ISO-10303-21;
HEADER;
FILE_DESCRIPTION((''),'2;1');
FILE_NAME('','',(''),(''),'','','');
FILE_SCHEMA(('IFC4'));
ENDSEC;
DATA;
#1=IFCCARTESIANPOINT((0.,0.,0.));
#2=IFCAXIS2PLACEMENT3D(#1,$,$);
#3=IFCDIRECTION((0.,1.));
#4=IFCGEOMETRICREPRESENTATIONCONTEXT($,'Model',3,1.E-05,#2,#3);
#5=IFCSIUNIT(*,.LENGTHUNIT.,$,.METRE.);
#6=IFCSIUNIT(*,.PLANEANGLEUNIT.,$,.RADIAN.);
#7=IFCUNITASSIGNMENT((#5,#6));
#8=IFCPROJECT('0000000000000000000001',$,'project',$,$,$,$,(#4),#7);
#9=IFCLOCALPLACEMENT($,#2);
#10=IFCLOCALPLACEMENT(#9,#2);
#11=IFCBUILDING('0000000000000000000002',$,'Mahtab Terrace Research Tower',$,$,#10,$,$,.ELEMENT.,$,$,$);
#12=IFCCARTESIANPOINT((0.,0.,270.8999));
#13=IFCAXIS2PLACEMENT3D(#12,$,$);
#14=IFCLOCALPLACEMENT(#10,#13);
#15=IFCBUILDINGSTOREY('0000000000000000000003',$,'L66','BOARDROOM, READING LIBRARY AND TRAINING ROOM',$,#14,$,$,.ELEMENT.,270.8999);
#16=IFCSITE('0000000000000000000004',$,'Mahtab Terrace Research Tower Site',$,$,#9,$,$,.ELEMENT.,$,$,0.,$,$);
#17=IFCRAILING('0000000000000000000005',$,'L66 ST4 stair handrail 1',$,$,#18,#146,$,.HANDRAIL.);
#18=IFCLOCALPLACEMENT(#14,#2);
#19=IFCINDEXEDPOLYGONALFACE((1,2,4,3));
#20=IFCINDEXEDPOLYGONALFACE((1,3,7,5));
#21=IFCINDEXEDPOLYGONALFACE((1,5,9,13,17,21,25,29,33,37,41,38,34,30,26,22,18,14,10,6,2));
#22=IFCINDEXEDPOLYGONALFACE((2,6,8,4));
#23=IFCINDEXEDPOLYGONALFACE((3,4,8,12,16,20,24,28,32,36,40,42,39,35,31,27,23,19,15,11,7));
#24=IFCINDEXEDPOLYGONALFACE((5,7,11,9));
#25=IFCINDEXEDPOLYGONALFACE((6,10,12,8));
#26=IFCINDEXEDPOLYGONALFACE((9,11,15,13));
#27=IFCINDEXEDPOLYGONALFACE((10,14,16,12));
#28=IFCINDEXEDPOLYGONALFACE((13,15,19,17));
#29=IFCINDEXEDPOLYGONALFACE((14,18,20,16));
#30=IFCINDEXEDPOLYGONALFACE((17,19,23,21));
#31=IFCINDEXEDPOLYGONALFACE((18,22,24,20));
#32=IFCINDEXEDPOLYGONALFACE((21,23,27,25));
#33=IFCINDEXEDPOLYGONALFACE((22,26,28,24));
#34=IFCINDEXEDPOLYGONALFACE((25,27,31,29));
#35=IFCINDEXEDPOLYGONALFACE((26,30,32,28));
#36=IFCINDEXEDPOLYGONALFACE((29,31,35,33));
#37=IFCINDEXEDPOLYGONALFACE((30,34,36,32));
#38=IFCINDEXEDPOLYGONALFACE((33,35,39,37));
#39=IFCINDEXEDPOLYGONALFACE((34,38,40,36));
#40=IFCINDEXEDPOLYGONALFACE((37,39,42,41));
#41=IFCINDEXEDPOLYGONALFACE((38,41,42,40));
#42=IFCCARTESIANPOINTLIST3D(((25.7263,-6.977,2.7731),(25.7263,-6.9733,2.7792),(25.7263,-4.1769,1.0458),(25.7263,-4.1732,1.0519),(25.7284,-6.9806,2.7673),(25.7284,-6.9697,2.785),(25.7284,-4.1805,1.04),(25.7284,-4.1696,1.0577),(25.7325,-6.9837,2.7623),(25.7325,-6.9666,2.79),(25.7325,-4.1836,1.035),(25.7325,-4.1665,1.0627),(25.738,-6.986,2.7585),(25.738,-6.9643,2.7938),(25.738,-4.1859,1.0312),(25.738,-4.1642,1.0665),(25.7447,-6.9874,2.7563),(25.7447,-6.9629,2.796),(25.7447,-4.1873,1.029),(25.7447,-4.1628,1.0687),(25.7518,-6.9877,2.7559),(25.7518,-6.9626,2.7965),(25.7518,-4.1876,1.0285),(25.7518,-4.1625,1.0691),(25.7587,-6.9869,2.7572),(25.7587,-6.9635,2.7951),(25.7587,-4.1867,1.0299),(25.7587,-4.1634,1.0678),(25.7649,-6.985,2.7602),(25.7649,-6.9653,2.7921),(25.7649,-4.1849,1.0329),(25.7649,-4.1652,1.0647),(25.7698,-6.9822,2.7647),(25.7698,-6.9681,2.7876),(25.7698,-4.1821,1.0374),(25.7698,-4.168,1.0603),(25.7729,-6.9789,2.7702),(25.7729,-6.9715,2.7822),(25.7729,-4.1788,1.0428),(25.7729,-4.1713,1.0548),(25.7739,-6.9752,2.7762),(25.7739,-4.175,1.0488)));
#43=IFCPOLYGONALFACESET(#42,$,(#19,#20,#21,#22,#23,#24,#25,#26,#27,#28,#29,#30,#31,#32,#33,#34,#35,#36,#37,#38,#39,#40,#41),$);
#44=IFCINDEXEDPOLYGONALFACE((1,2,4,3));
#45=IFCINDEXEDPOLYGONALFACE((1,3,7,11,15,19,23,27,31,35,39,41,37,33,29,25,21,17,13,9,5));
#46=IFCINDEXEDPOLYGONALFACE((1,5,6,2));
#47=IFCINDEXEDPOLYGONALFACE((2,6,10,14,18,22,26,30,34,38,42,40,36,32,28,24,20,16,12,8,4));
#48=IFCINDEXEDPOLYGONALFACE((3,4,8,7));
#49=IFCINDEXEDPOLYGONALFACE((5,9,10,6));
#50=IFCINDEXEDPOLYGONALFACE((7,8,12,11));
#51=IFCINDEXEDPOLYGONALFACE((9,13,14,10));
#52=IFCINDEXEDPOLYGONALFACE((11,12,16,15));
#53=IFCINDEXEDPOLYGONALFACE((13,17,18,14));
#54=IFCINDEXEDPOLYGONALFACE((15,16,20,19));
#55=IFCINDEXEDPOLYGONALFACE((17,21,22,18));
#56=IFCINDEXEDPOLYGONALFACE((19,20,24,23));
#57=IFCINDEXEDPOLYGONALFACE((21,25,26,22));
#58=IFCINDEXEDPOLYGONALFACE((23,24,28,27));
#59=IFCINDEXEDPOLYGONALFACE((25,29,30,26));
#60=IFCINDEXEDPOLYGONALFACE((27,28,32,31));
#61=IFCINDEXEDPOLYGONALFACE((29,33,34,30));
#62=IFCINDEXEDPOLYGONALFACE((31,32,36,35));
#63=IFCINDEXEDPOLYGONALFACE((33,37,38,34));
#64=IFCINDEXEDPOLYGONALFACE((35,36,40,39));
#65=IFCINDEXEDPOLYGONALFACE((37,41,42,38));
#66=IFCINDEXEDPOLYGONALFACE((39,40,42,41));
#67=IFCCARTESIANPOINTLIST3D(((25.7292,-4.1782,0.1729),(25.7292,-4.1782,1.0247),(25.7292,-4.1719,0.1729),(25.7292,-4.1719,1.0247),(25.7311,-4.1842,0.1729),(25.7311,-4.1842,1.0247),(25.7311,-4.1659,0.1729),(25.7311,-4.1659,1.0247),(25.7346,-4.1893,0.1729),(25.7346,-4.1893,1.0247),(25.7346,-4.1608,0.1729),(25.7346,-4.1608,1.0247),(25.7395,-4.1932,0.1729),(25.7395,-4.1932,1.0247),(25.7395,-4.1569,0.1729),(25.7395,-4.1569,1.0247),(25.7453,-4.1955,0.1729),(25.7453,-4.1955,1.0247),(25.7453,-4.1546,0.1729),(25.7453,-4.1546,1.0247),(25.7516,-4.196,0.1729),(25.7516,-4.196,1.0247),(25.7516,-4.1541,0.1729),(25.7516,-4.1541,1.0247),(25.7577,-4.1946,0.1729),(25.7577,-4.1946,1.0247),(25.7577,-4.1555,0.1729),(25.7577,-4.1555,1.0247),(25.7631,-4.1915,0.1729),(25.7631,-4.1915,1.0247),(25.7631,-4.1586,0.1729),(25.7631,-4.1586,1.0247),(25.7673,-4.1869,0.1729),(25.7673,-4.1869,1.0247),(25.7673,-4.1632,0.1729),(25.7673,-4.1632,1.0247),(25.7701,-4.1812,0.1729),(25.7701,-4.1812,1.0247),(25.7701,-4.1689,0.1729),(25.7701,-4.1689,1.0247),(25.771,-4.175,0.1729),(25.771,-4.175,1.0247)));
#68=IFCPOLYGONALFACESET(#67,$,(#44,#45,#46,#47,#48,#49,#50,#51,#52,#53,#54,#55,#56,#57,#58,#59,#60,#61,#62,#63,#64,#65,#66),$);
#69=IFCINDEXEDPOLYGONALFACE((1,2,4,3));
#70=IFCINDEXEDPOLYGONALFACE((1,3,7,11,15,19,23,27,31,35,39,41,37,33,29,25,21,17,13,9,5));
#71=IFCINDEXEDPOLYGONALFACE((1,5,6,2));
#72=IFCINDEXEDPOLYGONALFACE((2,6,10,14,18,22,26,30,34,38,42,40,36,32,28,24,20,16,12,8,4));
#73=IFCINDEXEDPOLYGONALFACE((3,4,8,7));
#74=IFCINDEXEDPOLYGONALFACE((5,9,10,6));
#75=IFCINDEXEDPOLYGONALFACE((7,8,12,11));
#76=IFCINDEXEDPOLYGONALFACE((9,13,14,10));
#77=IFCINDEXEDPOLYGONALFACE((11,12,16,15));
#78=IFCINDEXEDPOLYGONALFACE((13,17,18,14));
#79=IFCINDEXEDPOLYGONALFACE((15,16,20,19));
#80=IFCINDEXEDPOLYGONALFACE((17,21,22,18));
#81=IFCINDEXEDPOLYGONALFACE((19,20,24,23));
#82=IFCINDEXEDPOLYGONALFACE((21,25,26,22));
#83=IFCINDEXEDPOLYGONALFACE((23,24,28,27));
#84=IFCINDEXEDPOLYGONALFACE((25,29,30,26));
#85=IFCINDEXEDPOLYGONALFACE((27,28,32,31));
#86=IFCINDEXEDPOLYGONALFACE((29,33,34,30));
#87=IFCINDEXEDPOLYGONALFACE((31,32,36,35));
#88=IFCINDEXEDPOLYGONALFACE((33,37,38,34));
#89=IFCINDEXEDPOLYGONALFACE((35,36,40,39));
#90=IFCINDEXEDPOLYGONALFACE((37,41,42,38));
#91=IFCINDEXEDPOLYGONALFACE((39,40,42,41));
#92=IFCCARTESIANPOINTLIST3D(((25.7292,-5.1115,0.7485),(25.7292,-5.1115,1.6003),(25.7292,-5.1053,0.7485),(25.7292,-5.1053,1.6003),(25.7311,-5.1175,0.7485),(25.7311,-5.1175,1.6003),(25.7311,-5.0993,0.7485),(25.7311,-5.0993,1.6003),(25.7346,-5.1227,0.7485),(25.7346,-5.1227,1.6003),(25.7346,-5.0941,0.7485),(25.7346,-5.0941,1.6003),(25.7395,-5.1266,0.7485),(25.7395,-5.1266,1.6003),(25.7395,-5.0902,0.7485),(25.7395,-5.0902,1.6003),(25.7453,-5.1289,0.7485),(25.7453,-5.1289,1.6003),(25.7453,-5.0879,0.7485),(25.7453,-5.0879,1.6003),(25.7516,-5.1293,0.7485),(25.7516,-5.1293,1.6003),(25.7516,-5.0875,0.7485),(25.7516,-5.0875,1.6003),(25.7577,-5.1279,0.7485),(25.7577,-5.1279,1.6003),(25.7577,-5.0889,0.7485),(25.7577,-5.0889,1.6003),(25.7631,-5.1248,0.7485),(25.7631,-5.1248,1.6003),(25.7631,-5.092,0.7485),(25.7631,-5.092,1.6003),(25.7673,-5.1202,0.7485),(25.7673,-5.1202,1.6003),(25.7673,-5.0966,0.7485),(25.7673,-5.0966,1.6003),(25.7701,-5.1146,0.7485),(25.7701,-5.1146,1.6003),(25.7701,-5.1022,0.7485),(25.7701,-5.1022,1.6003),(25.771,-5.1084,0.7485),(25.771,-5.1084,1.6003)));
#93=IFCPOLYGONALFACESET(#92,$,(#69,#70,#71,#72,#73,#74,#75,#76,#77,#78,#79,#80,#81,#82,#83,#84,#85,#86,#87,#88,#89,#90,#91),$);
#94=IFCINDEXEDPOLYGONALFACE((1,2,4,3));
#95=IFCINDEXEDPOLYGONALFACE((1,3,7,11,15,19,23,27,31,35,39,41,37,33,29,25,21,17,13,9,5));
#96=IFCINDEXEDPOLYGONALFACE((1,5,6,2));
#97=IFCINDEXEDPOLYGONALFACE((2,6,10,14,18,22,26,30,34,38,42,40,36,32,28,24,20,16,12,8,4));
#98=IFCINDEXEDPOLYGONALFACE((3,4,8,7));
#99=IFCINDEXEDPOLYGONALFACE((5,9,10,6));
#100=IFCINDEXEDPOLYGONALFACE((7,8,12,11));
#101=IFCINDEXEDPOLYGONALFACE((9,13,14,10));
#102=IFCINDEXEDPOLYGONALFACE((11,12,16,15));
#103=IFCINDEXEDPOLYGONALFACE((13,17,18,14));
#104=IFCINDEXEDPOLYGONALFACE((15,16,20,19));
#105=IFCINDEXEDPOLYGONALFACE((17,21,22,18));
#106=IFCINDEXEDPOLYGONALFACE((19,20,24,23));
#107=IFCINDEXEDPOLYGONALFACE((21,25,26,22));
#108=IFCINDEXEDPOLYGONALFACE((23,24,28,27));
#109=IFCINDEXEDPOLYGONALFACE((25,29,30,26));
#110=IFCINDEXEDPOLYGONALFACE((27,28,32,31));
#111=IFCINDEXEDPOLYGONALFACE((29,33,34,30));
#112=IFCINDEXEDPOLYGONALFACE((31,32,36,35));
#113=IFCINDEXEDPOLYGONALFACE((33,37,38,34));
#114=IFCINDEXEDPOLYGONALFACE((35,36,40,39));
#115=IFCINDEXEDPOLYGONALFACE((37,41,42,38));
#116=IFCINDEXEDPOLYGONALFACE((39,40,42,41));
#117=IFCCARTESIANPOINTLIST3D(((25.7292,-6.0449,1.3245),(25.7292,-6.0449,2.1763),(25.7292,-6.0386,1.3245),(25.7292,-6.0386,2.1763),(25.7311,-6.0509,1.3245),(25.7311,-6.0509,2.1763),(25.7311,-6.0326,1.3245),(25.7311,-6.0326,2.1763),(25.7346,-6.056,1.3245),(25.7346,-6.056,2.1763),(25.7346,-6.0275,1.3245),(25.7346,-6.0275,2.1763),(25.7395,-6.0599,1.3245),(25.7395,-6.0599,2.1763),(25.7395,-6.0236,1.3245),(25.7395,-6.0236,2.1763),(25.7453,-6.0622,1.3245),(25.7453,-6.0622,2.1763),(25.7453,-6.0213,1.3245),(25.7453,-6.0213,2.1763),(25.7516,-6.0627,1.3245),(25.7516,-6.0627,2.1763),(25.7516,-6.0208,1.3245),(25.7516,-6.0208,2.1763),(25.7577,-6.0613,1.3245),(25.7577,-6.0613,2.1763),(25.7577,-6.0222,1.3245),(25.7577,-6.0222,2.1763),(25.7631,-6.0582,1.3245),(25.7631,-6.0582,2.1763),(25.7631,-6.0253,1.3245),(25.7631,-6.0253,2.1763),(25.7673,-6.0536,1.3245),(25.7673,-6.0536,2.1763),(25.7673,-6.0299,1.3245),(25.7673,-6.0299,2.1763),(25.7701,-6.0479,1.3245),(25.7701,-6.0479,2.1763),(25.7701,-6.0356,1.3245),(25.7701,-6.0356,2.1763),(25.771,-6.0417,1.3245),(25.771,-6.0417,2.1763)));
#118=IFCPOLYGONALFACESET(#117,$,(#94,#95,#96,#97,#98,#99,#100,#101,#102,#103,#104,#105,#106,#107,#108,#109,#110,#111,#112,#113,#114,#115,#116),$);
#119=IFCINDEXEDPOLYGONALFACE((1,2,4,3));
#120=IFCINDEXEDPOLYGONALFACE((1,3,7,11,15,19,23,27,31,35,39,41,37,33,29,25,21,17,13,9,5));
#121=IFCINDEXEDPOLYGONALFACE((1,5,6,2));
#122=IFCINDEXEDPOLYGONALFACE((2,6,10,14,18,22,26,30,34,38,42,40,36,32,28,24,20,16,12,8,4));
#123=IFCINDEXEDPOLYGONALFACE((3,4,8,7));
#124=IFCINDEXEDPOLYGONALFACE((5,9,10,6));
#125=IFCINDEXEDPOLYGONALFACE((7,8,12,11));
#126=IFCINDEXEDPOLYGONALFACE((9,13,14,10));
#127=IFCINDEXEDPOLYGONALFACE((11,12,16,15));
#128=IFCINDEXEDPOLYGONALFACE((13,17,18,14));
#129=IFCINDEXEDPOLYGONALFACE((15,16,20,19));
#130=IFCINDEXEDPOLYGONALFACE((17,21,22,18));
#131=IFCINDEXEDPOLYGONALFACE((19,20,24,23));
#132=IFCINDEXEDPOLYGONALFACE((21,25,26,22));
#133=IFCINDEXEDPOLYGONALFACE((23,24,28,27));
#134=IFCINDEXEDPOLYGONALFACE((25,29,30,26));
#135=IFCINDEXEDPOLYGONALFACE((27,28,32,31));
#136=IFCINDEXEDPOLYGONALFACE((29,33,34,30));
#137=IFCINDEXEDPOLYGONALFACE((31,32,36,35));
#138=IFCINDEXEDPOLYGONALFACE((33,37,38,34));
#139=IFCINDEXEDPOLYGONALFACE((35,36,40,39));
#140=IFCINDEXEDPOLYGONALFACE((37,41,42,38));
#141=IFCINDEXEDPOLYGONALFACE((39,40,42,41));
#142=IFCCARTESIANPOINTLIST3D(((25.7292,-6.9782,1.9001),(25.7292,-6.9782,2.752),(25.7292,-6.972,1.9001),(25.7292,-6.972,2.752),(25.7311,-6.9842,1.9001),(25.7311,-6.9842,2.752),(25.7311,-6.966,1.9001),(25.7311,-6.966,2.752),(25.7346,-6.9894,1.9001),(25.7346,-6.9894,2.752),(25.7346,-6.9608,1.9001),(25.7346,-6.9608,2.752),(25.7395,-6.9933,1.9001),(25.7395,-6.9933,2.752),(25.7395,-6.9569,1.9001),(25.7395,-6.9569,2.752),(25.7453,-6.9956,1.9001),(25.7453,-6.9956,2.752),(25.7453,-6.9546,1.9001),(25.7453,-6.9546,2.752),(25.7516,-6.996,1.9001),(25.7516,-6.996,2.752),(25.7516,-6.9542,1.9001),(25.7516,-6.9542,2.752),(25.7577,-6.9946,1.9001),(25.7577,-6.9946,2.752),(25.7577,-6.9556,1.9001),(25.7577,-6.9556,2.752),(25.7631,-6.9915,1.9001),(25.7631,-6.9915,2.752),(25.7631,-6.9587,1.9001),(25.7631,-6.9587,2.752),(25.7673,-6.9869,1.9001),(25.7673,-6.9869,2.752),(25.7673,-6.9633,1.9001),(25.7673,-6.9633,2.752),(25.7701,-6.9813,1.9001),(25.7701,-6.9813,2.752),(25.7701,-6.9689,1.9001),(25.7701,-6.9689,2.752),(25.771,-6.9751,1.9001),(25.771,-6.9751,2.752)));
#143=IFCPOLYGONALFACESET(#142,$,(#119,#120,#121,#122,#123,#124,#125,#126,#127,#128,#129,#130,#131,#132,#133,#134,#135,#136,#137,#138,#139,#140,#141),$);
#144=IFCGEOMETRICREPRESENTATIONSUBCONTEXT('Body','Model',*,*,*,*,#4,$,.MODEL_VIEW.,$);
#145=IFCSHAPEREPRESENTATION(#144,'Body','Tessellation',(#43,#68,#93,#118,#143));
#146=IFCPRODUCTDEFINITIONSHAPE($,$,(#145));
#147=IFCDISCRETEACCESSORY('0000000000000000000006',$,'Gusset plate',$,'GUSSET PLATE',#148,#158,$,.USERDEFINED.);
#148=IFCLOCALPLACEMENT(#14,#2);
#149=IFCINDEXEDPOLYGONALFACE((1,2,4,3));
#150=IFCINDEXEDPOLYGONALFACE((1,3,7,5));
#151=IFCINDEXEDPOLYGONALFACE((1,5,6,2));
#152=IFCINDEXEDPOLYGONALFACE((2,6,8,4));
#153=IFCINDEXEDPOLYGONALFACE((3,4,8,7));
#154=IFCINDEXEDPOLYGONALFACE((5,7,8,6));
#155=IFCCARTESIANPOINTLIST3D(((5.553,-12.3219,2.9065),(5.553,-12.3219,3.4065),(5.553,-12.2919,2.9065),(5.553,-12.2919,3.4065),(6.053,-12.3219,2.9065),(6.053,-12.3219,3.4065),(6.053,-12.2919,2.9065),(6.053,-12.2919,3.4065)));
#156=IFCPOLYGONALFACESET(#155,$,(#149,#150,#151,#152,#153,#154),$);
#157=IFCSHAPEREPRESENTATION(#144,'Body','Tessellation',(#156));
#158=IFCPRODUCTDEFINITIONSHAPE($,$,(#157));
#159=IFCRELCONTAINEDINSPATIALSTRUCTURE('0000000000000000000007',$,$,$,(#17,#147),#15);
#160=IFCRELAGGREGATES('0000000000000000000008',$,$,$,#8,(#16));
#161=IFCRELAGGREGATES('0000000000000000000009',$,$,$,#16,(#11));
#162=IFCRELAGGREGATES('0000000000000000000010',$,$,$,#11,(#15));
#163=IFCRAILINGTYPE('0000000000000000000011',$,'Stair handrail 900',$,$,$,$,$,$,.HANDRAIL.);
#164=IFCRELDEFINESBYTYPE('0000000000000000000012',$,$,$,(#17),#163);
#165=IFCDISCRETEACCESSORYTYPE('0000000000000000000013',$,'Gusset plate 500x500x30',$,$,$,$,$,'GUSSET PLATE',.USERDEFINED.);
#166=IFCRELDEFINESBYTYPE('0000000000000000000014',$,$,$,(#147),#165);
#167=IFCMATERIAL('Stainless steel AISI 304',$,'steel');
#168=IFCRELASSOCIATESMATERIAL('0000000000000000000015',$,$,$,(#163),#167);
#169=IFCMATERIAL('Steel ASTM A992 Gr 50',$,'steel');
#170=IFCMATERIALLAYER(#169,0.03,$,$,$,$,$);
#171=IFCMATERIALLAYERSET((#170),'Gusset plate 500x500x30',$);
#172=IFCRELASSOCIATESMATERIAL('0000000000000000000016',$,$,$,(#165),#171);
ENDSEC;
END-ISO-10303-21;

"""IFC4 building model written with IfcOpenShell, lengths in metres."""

from ifc_helpers import new_model, si_unit, direction, frame, origin, origin_2d, place, context, subcontext, project, spatial, rectangle, circle, extrude, material, layer, layer_set, type_object, element, save


model = new_model("IFC4")

# Units and contexts
model_context = context("Model", 3, precision=1e-05, world=origin(), true_north=direction((0.0, 1.0)))
body_context = subcontext(model_context, "Body", "Model", "MODEL_VIEW")
ifc_project = project(units=[si_unit("LENGTHUNIT", "METRE"), si_unit("PLANEANGLEUNIT", "RADIAN")], contexts=[model_context])

# Site, building, storey
site_placement = place(None, origin())
site = spatial("IfcSite", under=ifc_project, at=site_placement, Name="Mahtab Terrace Research Tower Site", CompositionType="ELEMENT", RefElevation=0.0)
building_placement = place(site_placement, origin())
building = spatial("IfcBuilding", under=site, at=building_placement, Name="Mahtab Terrace Research Tower", CompositionType="ELEMENT")
storey_placement = place(building_placement, frame((0.0, 0.0, 270.8999)))
storey = spatial("IfcBuildingStorey", under=building, at=storey_placement, Name="L66", Description="BOARDROOM, READING LIBRARY AND TRAINING ROOM", CompositionType="ELEMENT", Elevation=270.8999)

# Shared definitions
ifc_material_1 = material(Name="Steel ASTM A992 Gr 50", Category="steel")

# Shared definitions
ifc_material_2 = material(Name="Stainless steel AISI 304", Category="steel")

# Railing
railing_type = type_object("IfcRailingType", Name="Stair handrail 900", PredefinedType="HANDRAIL", material=ifc_material_2)
railing_placement = place(storey_placement, frame((25.75, -4.175, 0.1729)))
element("IfcRailing", 1, at=railing_placement, inside=storey, type_object=railing_type, Name="L66 ST4 stair handrail 1", PredefinedType="HANDRAIL", context=body_context, shape_type="SweptSolid", body=[
    extrude(circle(Radius=0.0239, at=origin_2d()), frame((0.0, 0.0, 0.876), z_axis=(0.0, -0.85109, 0.52502), x_axis=(1.0, 0.0, 0.0)), (0.0, 0.0, 1.0), 3.29),
    extrude(circle(Radius=0.021, at=origin_2d()), origin(), (0.0, 0.0, 1.0), 0.8518),
    extrude(circle(Radius=0.021, at=origin_2d()), frame((0.0, -0.9333, 0.5757)), (0.0, 0.0, 1.0), 0.8518),
    extrude(circle(Radius=0.021, at=origin_2d()), frame((0.0, -1.8667, 1.1516)), (0.0, 0.0, 1.0), 0.8518),
    extrude(circle(Radius=0.021, at=origin_2d()), frame((0.0, -2.8, 1.7273)), (0.0, 0.0, 1.0), 0.8518),
])

# Discrete accessory
ifc_layer_1 = layer(ifc_material_1, 0.03)
ifc_layer_set_1 = layer_set([ifc_layer_1], Name="Gusset plate 500x500x30")
discrete_accessory_type = type_object("IfcDiscreteAccessoryType", Name="Gusset plate 500x500x30", ElementType="GUSSET PLATE", PredefinedType="USERDEFINED", material=ifc_layer_set_1)
discrete_accessory_placement = place(storey_placement, frame((5.803, -12.3069, 2.9065), z_axis=(0.0, 0.0, 1.0), x_axis=(1.0, 0.0, 0.0)))
element("IfcDiscreteAccessory", 2, at=discrete_accessory_placement, inside=storey, type_object=discrete_accessory_type, Name="Gusset plate", ObjectType="GUSSET PLATE", PredefinedType="USERDEFINED", context=body_context, shape_type="SweptSolid", body=[
    extrude(rectangle(XDim=0.5, YDim=0.03, at=origin_2d()), origin(), (0.0, 0.0, 1.0), 0.5),
])

save(model, "model.ifc")
